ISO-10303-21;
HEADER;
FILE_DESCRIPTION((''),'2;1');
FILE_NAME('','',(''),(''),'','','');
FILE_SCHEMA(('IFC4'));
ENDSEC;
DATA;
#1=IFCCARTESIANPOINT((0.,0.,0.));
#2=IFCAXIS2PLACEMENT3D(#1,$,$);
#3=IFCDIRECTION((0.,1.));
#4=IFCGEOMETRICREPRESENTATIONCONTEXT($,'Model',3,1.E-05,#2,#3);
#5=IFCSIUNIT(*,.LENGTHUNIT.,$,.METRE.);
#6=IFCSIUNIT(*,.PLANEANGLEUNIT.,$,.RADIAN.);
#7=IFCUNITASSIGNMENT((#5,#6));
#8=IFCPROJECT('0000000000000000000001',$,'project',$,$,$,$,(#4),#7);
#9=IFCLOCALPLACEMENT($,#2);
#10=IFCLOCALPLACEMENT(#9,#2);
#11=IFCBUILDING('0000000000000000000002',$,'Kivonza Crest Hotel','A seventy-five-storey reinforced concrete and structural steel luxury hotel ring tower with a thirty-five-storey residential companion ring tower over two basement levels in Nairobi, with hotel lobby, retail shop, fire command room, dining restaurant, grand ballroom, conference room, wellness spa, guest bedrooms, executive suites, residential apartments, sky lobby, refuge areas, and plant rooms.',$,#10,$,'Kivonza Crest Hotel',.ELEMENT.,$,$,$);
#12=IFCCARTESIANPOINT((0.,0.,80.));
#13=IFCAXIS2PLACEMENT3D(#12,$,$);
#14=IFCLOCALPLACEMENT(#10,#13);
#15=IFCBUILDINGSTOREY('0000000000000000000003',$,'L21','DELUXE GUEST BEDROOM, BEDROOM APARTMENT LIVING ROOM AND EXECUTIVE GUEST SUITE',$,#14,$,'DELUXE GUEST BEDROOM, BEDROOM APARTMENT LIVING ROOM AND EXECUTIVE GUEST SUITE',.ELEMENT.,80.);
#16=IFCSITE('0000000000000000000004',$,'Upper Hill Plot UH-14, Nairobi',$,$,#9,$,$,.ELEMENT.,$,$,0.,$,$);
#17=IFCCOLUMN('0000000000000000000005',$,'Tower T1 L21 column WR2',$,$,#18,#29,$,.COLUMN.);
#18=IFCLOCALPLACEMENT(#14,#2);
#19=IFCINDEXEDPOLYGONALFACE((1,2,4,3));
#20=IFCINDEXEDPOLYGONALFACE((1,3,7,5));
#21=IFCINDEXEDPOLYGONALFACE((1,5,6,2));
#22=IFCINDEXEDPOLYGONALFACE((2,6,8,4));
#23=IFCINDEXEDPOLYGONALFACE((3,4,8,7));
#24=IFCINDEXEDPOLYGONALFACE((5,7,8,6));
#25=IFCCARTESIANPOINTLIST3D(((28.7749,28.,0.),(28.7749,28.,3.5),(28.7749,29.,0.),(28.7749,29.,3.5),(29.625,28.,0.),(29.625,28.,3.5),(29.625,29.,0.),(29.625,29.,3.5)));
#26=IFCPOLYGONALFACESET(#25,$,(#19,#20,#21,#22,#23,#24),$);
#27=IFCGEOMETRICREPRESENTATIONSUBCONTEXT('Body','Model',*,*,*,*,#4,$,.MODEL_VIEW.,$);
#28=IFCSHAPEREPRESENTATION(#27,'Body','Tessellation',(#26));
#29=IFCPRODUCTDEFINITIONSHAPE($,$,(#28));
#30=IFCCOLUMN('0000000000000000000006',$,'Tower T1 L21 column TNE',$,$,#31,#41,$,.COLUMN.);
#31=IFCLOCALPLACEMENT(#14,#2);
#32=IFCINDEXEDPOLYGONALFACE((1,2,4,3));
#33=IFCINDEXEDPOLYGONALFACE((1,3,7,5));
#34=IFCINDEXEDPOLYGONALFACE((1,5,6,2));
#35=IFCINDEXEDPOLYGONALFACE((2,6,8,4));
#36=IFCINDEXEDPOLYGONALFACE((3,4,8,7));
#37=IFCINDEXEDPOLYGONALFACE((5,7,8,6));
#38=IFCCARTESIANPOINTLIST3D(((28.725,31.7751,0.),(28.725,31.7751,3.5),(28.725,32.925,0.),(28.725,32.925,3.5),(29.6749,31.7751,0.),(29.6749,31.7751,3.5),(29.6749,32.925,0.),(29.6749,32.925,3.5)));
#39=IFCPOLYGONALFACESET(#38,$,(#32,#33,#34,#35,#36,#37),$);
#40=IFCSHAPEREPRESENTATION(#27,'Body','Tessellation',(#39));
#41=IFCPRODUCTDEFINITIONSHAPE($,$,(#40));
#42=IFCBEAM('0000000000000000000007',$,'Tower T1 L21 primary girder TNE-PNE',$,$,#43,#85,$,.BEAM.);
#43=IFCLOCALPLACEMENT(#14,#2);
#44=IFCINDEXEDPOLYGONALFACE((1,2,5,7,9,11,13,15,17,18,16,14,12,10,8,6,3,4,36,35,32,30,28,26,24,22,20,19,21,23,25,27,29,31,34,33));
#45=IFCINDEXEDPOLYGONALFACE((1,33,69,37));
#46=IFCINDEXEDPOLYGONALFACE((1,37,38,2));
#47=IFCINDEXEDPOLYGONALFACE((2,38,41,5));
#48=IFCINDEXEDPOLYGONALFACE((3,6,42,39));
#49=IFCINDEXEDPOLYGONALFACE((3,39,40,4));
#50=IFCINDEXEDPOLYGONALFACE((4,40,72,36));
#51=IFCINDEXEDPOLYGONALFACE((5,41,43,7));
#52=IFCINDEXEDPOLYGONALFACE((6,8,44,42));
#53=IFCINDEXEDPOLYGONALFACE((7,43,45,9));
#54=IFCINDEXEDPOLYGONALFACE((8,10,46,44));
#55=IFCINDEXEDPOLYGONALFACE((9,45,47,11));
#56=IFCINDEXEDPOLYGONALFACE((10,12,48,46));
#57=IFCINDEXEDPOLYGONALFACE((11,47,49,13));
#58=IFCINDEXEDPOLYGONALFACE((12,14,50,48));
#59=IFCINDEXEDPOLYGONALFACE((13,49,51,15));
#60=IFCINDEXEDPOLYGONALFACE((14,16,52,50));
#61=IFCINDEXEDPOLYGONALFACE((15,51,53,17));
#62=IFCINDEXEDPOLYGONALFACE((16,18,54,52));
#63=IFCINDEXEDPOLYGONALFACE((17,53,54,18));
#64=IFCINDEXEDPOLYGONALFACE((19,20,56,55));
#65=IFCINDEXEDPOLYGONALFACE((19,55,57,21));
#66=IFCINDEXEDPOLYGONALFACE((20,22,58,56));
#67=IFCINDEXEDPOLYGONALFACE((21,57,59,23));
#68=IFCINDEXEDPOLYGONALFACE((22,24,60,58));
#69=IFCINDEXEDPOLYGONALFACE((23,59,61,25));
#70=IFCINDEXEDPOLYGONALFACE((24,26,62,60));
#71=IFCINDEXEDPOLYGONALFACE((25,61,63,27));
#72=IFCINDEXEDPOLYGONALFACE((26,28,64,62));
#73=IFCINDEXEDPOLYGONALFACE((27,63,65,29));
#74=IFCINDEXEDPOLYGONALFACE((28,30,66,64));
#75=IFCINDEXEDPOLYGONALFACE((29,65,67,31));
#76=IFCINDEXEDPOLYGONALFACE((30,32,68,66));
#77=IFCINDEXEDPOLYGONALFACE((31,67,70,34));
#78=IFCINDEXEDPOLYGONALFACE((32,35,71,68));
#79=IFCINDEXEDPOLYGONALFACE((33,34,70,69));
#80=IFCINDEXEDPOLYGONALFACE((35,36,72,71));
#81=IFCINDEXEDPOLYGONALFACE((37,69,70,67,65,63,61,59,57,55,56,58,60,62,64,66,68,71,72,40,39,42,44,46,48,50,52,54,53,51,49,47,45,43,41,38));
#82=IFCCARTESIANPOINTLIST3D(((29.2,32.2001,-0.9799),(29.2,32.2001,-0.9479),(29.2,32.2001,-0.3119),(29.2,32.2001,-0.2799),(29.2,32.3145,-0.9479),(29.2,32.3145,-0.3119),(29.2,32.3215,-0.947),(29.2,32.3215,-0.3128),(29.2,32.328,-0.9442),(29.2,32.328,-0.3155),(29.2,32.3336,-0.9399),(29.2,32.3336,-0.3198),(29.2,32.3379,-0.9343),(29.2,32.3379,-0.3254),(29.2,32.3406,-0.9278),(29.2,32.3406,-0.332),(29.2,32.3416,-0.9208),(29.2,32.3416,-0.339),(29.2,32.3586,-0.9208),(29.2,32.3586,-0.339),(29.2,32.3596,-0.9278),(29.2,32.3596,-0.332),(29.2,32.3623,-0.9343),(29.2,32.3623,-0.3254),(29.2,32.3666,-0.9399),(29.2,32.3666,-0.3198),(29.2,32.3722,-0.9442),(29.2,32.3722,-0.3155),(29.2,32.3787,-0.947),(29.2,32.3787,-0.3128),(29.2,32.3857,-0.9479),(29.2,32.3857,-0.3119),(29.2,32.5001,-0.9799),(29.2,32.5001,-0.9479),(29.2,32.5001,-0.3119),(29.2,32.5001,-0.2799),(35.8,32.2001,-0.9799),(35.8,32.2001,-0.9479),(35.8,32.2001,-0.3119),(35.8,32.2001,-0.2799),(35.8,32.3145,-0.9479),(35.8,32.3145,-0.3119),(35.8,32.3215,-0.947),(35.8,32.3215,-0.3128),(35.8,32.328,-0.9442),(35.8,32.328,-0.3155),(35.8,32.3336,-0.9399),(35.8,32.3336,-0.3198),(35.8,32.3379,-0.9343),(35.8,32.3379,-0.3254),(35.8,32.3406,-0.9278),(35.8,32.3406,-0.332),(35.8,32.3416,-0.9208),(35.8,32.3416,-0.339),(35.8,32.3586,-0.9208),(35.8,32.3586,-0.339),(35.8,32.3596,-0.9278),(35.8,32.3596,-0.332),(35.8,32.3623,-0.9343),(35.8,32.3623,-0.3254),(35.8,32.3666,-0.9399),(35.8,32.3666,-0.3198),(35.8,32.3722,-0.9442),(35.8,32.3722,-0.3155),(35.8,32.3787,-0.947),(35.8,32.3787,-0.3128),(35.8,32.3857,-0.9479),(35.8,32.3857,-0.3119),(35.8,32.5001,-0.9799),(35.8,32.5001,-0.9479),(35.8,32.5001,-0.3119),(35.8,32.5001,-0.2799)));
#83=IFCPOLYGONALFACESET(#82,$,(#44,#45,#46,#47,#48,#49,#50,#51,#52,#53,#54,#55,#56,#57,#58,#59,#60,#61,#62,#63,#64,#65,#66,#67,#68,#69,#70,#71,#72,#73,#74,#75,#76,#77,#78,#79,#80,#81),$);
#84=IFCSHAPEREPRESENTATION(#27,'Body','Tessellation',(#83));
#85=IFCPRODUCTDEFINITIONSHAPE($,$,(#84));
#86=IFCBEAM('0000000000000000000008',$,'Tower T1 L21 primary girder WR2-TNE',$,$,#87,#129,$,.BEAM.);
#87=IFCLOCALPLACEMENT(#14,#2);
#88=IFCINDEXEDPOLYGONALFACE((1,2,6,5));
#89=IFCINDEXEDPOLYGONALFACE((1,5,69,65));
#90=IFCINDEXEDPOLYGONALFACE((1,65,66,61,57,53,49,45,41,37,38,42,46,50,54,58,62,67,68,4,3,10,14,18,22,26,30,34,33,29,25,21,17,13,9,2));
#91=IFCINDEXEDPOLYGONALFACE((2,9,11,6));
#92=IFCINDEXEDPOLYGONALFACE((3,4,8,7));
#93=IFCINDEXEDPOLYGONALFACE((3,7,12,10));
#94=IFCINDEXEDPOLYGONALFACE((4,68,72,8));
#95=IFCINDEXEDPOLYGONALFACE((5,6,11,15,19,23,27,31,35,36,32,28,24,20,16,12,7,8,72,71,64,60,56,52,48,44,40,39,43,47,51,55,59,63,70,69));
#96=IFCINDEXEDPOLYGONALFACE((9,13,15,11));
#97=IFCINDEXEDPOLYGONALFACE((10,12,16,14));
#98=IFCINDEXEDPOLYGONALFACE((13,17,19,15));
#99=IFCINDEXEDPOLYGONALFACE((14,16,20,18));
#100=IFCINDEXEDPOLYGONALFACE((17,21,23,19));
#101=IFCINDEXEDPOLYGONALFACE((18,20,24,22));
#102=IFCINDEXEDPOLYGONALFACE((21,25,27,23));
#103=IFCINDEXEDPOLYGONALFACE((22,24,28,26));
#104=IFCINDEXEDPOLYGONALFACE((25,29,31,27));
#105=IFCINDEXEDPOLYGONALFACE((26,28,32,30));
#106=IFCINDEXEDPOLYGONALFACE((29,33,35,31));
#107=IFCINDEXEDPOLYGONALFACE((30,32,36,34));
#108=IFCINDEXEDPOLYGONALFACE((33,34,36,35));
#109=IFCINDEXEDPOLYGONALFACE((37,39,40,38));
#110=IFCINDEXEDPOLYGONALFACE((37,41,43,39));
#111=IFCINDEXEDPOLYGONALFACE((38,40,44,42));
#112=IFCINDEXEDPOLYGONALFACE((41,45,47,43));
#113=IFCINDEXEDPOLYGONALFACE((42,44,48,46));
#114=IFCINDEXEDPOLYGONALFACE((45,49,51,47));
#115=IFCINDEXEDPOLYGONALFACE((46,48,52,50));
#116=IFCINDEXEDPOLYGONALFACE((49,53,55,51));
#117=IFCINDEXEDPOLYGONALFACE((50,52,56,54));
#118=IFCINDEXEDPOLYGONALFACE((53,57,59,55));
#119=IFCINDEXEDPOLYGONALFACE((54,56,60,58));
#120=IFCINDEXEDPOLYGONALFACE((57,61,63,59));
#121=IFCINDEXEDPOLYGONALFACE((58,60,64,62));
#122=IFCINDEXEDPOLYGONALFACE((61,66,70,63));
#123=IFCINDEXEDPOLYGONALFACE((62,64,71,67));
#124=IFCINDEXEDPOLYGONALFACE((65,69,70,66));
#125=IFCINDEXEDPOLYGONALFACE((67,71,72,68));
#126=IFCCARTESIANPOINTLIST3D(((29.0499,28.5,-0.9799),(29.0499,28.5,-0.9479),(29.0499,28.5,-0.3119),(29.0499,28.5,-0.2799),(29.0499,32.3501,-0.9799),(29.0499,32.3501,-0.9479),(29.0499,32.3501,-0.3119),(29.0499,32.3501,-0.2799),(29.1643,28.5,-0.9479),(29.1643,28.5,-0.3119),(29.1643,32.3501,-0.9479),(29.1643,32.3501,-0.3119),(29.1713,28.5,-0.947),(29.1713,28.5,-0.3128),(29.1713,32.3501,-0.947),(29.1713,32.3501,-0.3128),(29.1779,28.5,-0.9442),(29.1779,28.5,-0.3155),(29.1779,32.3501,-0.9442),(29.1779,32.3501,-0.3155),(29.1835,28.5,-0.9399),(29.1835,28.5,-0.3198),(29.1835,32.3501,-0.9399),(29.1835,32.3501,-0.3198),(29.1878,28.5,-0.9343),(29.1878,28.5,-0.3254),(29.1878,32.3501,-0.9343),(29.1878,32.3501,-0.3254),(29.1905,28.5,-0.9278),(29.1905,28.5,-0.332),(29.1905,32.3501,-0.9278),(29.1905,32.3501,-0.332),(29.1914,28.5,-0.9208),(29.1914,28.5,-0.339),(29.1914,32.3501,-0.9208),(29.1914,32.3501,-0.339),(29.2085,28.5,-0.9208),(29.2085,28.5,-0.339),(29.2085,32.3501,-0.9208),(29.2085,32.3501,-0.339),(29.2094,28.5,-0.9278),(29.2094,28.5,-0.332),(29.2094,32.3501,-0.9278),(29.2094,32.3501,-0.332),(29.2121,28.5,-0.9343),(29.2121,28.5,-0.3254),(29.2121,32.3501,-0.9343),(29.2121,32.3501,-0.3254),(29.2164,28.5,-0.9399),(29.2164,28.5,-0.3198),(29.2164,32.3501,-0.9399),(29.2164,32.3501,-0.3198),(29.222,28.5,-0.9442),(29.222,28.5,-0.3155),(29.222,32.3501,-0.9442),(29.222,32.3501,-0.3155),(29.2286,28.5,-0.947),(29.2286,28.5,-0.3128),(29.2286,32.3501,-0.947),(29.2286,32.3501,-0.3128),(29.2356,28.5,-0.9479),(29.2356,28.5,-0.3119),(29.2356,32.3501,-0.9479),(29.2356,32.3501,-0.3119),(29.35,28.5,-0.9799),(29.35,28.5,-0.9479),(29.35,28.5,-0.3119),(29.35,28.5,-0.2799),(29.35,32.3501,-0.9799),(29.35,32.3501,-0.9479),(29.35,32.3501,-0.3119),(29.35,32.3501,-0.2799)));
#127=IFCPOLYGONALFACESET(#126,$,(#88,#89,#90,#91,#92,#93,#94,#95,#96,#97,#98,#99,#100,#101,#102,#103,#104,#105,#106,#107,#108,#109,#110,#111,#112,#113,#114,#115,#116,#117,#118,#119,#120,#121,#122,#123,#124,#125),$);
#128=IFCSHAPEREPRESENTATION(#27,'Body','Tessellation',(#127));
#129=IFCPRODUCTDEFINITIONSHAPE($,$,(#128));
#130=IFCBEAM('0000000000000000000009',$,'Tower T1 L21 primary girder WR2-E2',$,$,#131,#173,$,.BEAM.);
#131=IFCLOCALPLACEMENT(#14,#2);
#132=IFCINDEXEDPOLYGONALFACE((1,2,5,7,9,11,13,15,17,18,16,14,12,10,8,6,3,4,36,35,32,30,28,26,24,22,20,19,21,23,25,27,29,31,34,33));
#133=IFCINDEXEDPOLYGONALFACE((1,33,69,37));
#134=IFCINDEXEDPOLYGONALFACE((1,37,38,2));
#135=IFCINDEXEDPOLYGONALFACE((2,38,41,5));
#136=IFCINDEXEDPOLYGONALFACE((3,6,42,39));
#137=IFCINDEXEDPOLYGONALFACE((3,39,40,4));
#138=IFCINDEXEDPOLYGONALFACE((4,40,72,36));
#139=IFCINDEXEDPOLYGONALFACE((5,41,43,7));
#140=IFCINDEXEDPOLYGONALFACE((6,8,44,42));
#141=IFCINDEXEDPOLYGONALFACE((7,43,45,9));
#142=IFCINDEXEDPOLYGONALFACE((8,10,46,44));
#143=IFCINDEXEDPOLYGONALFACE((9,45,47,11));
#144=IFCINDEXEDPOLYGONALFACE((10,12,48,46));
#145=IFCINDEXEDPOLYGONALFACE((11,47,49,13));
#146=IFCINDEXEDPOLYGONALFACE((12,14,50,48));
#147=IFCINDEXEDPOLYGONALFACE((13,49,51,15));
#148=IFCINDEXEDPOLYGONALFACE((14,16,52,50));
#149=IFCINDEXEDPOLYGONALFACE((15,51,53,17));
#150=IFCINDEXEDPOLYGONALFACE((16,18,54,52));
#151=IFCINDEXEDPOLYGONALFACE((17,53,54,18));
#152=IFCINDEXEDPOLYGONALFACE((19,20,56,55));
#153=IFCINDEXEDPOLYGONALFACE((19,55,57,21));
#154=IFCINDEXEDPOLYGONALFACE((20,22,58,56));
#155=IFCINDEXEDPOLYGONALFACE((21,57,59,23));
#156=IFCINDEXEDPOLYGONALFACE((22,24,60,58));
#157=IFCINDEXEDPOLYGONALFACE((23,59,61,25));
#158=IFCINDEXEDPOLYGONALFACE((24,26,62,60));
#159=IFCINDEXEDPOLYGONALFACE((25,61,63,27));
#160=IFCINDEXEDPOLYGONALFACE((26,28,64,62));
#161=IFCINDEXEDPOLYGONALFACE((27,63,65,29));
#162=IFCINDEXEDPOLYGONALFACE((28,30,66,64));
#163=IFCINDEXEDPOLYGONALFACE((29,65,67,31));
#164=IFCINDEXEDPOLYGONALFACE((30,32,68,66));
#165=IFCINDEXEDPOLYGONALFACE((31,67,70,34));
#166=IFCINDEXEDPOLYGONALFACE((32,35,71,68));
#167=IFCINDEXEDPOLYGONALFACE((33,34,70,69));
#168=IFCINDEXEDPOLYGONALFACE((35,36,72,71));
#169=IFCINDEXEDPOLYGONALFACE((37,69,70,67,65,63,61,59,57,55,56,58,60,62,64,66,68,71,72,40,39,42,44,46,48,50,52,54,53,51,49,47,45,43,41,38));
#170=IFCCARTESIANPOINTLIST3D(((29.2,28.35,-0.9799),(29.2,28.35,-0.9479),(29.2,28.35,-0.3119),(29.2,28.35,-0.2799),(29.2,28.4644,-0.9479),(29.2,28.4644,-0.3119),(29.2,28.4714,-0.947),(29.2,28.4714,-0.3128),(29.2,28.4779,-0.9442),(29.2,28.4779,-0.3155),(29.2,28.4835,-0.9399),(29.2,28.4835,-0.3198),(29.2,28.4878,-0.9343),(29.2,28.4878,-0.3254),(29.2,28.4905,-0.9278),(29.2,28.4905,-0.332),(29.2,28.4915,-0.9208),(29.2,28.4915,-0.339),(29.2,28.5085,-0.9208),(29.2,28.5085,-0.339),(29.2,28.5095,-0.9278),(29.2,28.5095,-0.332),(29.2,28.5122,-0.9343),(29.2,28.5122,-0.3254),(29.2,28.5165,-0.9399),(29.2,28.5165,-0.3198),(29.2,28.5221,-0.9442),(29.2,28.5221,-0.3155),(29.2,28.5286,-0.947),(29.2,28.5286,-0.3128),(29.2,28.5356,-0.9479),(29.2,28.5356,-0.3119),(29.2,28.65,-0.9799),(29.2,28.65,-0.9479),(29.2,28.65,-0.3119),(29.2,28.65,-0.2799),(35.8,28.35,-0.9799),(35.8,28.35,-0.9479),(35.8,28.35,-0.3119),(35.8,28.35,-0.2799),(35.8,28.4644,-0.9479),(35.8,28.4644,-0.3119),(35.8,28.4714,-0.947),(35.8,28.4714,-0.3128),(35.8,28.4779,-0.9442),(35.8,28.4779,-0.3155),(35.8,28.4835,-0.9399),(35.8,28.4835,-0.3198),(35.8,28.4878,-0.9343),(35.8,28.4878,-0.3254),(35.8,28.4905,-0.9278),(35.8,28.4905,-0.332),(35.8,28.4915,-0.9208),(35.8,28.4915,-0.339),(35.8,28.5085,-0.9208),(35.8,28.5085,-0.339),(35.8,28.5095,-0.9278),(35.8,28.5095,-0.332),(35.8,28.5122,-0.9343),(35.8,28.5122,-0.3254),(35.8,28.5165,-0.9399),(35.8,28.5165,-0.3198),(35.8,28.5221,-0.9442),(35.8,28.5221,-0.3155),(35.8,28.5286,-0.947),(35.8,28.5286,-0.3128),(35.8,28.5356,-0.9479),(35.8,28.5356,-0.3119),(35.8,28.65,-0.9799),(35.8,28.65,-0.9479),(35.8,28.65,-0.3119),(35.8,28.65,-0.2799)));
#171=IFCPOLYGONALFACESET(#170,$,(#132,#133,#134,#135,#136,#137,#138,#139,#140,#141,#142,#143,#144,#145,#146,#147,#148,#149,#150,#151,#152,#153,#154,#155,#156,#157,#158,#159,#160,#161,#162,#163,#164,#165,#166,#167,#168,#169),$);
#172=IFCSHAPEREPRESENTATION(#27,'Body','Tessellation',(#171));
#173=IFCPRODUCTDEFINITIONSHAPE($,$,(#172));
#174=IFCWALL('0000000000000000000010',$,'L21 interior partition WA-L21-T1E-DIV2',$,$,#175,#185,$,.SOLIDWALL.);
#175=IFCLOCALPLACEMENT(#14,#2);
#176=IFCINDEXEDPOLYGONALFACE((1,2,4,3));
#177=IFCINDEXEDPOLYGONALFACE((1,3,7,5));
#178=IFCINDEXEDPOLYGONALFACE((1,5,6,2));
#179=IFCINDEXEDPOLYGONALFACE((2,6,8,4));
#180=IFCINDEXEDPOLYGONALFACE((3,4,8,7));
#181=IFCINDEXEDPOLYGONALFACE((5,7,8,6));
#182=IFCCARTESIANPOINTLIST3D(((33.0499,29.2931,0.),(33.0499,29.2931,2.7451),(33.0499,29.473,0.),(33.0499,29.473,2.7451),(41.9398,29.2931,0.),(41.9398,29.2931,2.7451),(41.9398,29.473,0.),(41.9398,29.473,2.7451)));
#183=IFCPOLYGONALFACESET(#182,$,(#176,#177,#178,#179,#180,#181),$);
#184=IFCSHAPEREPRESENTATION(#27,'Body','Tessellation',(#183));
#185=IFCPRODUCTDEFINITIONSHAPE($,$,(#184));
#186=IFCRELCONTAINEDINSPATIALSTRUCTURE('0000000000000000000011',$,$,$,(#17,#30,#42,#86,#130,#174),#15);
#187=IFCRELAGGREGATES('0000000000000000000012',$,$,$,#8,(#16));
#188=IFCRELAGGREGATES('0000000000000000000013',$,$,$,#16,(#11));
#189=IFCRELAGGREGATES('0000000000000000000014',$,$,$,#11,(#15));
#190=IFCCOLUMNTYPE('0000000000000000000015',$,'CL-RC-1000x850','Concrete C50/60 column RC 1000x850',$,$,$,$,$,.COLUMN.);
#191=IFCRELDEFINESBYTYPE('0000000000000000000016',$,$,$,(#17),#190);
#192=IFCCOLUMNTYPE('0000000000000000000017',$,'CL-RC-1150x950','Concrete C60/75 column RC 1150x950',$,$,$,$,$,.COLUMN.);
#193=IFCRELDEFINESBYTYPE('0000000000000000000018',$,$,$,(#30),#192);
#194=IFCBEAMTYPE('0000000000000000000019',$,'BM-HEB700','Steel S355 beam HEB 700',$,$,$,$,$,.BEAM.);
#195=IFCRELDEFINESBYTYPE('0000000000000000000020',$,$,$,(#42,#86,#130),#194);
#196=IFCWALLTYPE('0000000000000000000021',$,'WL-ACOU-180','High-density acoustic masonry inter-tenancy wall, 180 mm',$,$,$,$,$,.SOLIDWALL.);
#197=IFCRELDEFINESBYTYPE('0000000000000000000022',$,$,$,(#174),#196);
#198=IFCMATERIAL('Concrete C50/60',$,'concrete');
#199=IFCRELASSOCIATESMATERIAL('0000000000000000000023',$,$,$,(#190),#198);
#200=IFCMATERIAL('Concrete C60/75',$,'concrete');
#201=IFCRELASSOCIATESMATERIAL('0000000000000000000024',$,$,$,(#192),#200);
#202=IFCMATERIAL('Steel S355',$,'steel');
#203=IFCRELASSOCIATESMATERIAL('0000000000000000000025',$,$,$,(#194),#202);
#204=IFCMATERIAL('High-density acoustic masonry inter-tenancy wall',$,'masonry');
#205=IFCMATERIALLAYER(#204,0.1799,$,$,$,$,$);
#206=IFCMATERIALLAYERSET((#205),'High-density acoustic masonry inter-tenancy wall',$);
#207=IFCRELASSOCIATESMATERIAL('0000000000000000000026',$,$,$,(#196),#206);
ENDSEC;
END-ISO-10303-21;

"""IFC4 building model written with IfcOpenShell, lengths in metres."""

from ifc_helpers import new_model, si_unit, direction, frame, frame_2d, origin, origin_2d, place, context, subcontext, project, spatial, rectangle, i_section, extrude, material, layer, layer_set, material_profile, profile_set, type_object, element, save


model = new_model("IFC4")

# Units and contexts
model_context = context("Model", 3, precision=1e-05, world=origin(), true_north=direction((0.0, 1.0)))
body_context = subcontext(model_context, "Body", "Model", "MODEL_VIEW")
ifc_project = project(units=[si_unit("LENGTHUNIT", "METRE"), si_unit("PLANEANGLEUNIT", "RADIAN")], contexts=[model_context])

# Site, building, storey
site_placement = place(None, origin())
site = spatial("IfcSite", under=ifc_project, at=site_placement, Name="Upper Hill Plot UH-14, Nairobi", CompositionType="ELEMENT", RefElevation=0.0)
building_placement = place(site_placement, origin())
building = spatial("IfcBuilding", under=site, at=building_placement, Name="Kivonza Crest Hotel", Description="A seventy-five-storey reinforced concrete and structural steel luxury hotel ring tower with a thirty-five-storey residential companion ring tower over two basement levels in Nairobi, with hotel lobby, retail shop, fire command room, dining restaurant, grand ballroom, conference room, wellness spa, guest bedrooms, executive suites, residential apartments, sky lobby, refuge areas, and plant rooms.", LongName="Kivonza Crest Hotel", CompositionType="ELEMENT")
storey_placement = place(building_placement, frame((0.0, 0.0, 80.0)))
storey = spatial("IfcBuildingStorey", under=building, at=storey_placement, Name="L21", Description="DELUXE GUEST BEDROOM, BEDROOM APARTMENT LIVING ROOM AND EXECUTIVE GUEST SUITE", LongName="DELUXE GUEST BEDROOM, BEDROOM APARTMENT LIVING ROOM AND EXECUTIVE GUEST SUITE", CompositionType="ELEMENT", Elevation=80.0)

# Columns
ifc_material_1 = material(Name="Concrete C50/60", Category="concrete")
ifc_material_profile_1 = material_profile(ifc_material_1, rectangle(XDim=0.8501, YDim=1.0, at=origin_2d()), Name="RC 1000x850")
ifc_profile_set_1 = profile_set([ifc_material_profile_1], Name="Concrete C50/60")
column_type_1 = type_object("IfcColumnType", Name="CL-RC-1000x850", Description="Concrete C50/60 column RC 1000x850", PredefinedType="COLUMN", material=ifc_profile_set_1)
column_1_placement = place(storey_placement, frame((29.2, 28.5, 0.0), z_axis=(0.0, 0.0, 1.0), x_axis=(1.0, 0.0, 0.0)))
element("IfcColumn", 1, at=column_1_placement, inside=storey, type_object=column_type_1, Name="Tower T1 L21 column WR2", PredefinedType="COLUMN", context=body_context, shape_type="SweptSolid", body=[
    extrude(rectangle(XDim=0.8501, YDim=1.0, at=origin_2d()), origin(), (0.0, 0.0, 1.0), 3.5),
])
ifc_material_2 = material(Name="Concrete C60/75", Category="concrete")
ifc_material_profile_2 = material_profile(ifc_material_2, rectangle(XDim=0.95, YDim=1.1499, at=origin_2d()), Name="RC 1150x950")
ifc_profile_set_2 = profile_set([ifc_material_profile_2], Name="Concrete C60/75")
column_type_2 = type_object("IfcColumnType", Name="CL-RC-1150x950", Description="Concrete C60/75 column RC 1150x950", PredefinedType="COLUMN", material=ifc_profile_set_2)
column_2_placement = place(storey_placement, frame((29.2, 32.3501, 0.0), z_axis=(0.0, 0.0, 1.0), x_axis=(1.0, 0.0, 0.0)))
element("IfcColumn", 2, at=column_2_placement, inside=storey, type_object=column_type_2, Name="Tower T1 L21 column TNE", PredefinedType="COLUMN", context=body_context, shape_type="SweptSolid", body=[
    extrude(rectangle(XDim=0.95, YDim=1.1499, at=origin_2d()), origin(), (0.0, 0.0, 1.0), 3.5),
])

# Beams
ifc_material_3 = material(Name="Steel S355", Category="steel")
ifc_material_profile_3 = material_profile(ifc_material_3, i_section(OverallWidth=0.3, OverallDepth=0.7, WebThickness=0.0171, FlangeThickness=0.032, FilletRadius=0.0271, at=origin_2d()), Name="HEB 700")
ifc_profile_set_3 = profile_set([ifc_material_profile_3], Name="Steel S355")
beam_type = type_object("IfcBeamType", Name="BM-HEB700", Description="Steel S355 beam HEB 700", PredefinedType="BEAM", material=ifc_profile_set_3)
beam_1_placement = place(storey_placement, frame((29.2, 32.3501, -0.6299), z_axis=(1.0, 0.0, 0.0), x_axis=(0.0, 1.0, 0.0)))
element("IfcBeam", 3, at=beam_1_placement, inside=storey, type_object=beam_type, Name="Tower T1 L21 primary girder TNE-PNE", PredefinedType="BEAM", context=body_context, shape_type="SweptSolid", body=[
    extrude(i_section(OverallWidth=0.3, OverallDepth=0.7, WebThickness=0.0171, FlangeThickness=0.032, FilletRadius=0.0271, at=origin_2d()), origin(), (0.0, 0.0, 1.0), 6.6001),
])
beam_2_placement = place(storey_placement, frame((29.2, 28.5, -0.6299), z_axis=(0.0, 1.0, 0.0), x_axis=(-1.0, 0.0, 0.0)))
element("IfcBeam", 4, at=beam_2_placement, inside=storey, type_object=beam_type, Name="Tower T1 L21 primary girder WR2-TNE", PredefinedType="BEAM", context=body_context, shape_type="SweptSolid", body=[
    extrude(i_section(OverallWidth=0.3, OverallDepth=0.7, WebThickness=0.0171, FlangeThickness=0.032, FilletRadius=0.0271, at=origin_2d()), origin(), (0.0, 0.0, 1.0), 3.8501),
])
beam_3_placement = place(storey_placement, frame((29.2, 28.5, -0.6299), z_axis=(1.0, 0.0, 0.0), x_axis=(0.0, 1.0, 0.0)))
element("IfcBeam", 5, at=beam_3_placement, inside=storey, type_object=beam_type, Name="Tower T1 L21 primary girder WR2-E2", PredefinedType="BEAM", context=body_context, shape_type="SweptSolid", body=[
    extrude(i_section(OverallWidth=0.3, OverallDepth=0.7, WebThickness=0.0171, FlangeThickness=0.032, FilletRadius=0.0271, at=origin_2d()), origin(), (0.0, 0.0, 1.0), 6.6001),
])

# Wall
ifc_material_4 = material(Name="High-density acoustic masonry inter-tenancy wall", Category="masonry")
ifc_layer_1 = layer(ifc_material_4, 0.1799)
ifc_layer_set_1 = layer_set([ifc_layer_1], Name="High-density acoustic masonry inter-tenancy wall")
wall_type_1 = type_object("IfcWallType", Name="WL-ACOU-180", Description="High-density acoustic masonry inter-tenancy wall, 180 mm", PredefinedType="SOLIDWALL", material=ifc_layer_set_1)
wall_1_placement = place(storey_placement, frame((33.05, 29.3831, 0.0), z_axis=(0.0, 0.0, 1.0), x_axis=(1.0, 0.0, 0.0)))
element("IfcWall", 6, at=wall_1_placement, inside=storey, type_object=wall_type_1, Name="L21 interior partition WA-L21-T1E-DIV2", PredefinedType="SOLIDWALL", context=body_context, shape_type="SweptSolid", body=[
    extrude(rectangle(XDim=8.8899, YDim=0.1799, at=frame_2d((4.4448, 0.0))), origin(), (0.0, 0.0, 1.0), 2.7451),
])

save(model, "model.ifc")
